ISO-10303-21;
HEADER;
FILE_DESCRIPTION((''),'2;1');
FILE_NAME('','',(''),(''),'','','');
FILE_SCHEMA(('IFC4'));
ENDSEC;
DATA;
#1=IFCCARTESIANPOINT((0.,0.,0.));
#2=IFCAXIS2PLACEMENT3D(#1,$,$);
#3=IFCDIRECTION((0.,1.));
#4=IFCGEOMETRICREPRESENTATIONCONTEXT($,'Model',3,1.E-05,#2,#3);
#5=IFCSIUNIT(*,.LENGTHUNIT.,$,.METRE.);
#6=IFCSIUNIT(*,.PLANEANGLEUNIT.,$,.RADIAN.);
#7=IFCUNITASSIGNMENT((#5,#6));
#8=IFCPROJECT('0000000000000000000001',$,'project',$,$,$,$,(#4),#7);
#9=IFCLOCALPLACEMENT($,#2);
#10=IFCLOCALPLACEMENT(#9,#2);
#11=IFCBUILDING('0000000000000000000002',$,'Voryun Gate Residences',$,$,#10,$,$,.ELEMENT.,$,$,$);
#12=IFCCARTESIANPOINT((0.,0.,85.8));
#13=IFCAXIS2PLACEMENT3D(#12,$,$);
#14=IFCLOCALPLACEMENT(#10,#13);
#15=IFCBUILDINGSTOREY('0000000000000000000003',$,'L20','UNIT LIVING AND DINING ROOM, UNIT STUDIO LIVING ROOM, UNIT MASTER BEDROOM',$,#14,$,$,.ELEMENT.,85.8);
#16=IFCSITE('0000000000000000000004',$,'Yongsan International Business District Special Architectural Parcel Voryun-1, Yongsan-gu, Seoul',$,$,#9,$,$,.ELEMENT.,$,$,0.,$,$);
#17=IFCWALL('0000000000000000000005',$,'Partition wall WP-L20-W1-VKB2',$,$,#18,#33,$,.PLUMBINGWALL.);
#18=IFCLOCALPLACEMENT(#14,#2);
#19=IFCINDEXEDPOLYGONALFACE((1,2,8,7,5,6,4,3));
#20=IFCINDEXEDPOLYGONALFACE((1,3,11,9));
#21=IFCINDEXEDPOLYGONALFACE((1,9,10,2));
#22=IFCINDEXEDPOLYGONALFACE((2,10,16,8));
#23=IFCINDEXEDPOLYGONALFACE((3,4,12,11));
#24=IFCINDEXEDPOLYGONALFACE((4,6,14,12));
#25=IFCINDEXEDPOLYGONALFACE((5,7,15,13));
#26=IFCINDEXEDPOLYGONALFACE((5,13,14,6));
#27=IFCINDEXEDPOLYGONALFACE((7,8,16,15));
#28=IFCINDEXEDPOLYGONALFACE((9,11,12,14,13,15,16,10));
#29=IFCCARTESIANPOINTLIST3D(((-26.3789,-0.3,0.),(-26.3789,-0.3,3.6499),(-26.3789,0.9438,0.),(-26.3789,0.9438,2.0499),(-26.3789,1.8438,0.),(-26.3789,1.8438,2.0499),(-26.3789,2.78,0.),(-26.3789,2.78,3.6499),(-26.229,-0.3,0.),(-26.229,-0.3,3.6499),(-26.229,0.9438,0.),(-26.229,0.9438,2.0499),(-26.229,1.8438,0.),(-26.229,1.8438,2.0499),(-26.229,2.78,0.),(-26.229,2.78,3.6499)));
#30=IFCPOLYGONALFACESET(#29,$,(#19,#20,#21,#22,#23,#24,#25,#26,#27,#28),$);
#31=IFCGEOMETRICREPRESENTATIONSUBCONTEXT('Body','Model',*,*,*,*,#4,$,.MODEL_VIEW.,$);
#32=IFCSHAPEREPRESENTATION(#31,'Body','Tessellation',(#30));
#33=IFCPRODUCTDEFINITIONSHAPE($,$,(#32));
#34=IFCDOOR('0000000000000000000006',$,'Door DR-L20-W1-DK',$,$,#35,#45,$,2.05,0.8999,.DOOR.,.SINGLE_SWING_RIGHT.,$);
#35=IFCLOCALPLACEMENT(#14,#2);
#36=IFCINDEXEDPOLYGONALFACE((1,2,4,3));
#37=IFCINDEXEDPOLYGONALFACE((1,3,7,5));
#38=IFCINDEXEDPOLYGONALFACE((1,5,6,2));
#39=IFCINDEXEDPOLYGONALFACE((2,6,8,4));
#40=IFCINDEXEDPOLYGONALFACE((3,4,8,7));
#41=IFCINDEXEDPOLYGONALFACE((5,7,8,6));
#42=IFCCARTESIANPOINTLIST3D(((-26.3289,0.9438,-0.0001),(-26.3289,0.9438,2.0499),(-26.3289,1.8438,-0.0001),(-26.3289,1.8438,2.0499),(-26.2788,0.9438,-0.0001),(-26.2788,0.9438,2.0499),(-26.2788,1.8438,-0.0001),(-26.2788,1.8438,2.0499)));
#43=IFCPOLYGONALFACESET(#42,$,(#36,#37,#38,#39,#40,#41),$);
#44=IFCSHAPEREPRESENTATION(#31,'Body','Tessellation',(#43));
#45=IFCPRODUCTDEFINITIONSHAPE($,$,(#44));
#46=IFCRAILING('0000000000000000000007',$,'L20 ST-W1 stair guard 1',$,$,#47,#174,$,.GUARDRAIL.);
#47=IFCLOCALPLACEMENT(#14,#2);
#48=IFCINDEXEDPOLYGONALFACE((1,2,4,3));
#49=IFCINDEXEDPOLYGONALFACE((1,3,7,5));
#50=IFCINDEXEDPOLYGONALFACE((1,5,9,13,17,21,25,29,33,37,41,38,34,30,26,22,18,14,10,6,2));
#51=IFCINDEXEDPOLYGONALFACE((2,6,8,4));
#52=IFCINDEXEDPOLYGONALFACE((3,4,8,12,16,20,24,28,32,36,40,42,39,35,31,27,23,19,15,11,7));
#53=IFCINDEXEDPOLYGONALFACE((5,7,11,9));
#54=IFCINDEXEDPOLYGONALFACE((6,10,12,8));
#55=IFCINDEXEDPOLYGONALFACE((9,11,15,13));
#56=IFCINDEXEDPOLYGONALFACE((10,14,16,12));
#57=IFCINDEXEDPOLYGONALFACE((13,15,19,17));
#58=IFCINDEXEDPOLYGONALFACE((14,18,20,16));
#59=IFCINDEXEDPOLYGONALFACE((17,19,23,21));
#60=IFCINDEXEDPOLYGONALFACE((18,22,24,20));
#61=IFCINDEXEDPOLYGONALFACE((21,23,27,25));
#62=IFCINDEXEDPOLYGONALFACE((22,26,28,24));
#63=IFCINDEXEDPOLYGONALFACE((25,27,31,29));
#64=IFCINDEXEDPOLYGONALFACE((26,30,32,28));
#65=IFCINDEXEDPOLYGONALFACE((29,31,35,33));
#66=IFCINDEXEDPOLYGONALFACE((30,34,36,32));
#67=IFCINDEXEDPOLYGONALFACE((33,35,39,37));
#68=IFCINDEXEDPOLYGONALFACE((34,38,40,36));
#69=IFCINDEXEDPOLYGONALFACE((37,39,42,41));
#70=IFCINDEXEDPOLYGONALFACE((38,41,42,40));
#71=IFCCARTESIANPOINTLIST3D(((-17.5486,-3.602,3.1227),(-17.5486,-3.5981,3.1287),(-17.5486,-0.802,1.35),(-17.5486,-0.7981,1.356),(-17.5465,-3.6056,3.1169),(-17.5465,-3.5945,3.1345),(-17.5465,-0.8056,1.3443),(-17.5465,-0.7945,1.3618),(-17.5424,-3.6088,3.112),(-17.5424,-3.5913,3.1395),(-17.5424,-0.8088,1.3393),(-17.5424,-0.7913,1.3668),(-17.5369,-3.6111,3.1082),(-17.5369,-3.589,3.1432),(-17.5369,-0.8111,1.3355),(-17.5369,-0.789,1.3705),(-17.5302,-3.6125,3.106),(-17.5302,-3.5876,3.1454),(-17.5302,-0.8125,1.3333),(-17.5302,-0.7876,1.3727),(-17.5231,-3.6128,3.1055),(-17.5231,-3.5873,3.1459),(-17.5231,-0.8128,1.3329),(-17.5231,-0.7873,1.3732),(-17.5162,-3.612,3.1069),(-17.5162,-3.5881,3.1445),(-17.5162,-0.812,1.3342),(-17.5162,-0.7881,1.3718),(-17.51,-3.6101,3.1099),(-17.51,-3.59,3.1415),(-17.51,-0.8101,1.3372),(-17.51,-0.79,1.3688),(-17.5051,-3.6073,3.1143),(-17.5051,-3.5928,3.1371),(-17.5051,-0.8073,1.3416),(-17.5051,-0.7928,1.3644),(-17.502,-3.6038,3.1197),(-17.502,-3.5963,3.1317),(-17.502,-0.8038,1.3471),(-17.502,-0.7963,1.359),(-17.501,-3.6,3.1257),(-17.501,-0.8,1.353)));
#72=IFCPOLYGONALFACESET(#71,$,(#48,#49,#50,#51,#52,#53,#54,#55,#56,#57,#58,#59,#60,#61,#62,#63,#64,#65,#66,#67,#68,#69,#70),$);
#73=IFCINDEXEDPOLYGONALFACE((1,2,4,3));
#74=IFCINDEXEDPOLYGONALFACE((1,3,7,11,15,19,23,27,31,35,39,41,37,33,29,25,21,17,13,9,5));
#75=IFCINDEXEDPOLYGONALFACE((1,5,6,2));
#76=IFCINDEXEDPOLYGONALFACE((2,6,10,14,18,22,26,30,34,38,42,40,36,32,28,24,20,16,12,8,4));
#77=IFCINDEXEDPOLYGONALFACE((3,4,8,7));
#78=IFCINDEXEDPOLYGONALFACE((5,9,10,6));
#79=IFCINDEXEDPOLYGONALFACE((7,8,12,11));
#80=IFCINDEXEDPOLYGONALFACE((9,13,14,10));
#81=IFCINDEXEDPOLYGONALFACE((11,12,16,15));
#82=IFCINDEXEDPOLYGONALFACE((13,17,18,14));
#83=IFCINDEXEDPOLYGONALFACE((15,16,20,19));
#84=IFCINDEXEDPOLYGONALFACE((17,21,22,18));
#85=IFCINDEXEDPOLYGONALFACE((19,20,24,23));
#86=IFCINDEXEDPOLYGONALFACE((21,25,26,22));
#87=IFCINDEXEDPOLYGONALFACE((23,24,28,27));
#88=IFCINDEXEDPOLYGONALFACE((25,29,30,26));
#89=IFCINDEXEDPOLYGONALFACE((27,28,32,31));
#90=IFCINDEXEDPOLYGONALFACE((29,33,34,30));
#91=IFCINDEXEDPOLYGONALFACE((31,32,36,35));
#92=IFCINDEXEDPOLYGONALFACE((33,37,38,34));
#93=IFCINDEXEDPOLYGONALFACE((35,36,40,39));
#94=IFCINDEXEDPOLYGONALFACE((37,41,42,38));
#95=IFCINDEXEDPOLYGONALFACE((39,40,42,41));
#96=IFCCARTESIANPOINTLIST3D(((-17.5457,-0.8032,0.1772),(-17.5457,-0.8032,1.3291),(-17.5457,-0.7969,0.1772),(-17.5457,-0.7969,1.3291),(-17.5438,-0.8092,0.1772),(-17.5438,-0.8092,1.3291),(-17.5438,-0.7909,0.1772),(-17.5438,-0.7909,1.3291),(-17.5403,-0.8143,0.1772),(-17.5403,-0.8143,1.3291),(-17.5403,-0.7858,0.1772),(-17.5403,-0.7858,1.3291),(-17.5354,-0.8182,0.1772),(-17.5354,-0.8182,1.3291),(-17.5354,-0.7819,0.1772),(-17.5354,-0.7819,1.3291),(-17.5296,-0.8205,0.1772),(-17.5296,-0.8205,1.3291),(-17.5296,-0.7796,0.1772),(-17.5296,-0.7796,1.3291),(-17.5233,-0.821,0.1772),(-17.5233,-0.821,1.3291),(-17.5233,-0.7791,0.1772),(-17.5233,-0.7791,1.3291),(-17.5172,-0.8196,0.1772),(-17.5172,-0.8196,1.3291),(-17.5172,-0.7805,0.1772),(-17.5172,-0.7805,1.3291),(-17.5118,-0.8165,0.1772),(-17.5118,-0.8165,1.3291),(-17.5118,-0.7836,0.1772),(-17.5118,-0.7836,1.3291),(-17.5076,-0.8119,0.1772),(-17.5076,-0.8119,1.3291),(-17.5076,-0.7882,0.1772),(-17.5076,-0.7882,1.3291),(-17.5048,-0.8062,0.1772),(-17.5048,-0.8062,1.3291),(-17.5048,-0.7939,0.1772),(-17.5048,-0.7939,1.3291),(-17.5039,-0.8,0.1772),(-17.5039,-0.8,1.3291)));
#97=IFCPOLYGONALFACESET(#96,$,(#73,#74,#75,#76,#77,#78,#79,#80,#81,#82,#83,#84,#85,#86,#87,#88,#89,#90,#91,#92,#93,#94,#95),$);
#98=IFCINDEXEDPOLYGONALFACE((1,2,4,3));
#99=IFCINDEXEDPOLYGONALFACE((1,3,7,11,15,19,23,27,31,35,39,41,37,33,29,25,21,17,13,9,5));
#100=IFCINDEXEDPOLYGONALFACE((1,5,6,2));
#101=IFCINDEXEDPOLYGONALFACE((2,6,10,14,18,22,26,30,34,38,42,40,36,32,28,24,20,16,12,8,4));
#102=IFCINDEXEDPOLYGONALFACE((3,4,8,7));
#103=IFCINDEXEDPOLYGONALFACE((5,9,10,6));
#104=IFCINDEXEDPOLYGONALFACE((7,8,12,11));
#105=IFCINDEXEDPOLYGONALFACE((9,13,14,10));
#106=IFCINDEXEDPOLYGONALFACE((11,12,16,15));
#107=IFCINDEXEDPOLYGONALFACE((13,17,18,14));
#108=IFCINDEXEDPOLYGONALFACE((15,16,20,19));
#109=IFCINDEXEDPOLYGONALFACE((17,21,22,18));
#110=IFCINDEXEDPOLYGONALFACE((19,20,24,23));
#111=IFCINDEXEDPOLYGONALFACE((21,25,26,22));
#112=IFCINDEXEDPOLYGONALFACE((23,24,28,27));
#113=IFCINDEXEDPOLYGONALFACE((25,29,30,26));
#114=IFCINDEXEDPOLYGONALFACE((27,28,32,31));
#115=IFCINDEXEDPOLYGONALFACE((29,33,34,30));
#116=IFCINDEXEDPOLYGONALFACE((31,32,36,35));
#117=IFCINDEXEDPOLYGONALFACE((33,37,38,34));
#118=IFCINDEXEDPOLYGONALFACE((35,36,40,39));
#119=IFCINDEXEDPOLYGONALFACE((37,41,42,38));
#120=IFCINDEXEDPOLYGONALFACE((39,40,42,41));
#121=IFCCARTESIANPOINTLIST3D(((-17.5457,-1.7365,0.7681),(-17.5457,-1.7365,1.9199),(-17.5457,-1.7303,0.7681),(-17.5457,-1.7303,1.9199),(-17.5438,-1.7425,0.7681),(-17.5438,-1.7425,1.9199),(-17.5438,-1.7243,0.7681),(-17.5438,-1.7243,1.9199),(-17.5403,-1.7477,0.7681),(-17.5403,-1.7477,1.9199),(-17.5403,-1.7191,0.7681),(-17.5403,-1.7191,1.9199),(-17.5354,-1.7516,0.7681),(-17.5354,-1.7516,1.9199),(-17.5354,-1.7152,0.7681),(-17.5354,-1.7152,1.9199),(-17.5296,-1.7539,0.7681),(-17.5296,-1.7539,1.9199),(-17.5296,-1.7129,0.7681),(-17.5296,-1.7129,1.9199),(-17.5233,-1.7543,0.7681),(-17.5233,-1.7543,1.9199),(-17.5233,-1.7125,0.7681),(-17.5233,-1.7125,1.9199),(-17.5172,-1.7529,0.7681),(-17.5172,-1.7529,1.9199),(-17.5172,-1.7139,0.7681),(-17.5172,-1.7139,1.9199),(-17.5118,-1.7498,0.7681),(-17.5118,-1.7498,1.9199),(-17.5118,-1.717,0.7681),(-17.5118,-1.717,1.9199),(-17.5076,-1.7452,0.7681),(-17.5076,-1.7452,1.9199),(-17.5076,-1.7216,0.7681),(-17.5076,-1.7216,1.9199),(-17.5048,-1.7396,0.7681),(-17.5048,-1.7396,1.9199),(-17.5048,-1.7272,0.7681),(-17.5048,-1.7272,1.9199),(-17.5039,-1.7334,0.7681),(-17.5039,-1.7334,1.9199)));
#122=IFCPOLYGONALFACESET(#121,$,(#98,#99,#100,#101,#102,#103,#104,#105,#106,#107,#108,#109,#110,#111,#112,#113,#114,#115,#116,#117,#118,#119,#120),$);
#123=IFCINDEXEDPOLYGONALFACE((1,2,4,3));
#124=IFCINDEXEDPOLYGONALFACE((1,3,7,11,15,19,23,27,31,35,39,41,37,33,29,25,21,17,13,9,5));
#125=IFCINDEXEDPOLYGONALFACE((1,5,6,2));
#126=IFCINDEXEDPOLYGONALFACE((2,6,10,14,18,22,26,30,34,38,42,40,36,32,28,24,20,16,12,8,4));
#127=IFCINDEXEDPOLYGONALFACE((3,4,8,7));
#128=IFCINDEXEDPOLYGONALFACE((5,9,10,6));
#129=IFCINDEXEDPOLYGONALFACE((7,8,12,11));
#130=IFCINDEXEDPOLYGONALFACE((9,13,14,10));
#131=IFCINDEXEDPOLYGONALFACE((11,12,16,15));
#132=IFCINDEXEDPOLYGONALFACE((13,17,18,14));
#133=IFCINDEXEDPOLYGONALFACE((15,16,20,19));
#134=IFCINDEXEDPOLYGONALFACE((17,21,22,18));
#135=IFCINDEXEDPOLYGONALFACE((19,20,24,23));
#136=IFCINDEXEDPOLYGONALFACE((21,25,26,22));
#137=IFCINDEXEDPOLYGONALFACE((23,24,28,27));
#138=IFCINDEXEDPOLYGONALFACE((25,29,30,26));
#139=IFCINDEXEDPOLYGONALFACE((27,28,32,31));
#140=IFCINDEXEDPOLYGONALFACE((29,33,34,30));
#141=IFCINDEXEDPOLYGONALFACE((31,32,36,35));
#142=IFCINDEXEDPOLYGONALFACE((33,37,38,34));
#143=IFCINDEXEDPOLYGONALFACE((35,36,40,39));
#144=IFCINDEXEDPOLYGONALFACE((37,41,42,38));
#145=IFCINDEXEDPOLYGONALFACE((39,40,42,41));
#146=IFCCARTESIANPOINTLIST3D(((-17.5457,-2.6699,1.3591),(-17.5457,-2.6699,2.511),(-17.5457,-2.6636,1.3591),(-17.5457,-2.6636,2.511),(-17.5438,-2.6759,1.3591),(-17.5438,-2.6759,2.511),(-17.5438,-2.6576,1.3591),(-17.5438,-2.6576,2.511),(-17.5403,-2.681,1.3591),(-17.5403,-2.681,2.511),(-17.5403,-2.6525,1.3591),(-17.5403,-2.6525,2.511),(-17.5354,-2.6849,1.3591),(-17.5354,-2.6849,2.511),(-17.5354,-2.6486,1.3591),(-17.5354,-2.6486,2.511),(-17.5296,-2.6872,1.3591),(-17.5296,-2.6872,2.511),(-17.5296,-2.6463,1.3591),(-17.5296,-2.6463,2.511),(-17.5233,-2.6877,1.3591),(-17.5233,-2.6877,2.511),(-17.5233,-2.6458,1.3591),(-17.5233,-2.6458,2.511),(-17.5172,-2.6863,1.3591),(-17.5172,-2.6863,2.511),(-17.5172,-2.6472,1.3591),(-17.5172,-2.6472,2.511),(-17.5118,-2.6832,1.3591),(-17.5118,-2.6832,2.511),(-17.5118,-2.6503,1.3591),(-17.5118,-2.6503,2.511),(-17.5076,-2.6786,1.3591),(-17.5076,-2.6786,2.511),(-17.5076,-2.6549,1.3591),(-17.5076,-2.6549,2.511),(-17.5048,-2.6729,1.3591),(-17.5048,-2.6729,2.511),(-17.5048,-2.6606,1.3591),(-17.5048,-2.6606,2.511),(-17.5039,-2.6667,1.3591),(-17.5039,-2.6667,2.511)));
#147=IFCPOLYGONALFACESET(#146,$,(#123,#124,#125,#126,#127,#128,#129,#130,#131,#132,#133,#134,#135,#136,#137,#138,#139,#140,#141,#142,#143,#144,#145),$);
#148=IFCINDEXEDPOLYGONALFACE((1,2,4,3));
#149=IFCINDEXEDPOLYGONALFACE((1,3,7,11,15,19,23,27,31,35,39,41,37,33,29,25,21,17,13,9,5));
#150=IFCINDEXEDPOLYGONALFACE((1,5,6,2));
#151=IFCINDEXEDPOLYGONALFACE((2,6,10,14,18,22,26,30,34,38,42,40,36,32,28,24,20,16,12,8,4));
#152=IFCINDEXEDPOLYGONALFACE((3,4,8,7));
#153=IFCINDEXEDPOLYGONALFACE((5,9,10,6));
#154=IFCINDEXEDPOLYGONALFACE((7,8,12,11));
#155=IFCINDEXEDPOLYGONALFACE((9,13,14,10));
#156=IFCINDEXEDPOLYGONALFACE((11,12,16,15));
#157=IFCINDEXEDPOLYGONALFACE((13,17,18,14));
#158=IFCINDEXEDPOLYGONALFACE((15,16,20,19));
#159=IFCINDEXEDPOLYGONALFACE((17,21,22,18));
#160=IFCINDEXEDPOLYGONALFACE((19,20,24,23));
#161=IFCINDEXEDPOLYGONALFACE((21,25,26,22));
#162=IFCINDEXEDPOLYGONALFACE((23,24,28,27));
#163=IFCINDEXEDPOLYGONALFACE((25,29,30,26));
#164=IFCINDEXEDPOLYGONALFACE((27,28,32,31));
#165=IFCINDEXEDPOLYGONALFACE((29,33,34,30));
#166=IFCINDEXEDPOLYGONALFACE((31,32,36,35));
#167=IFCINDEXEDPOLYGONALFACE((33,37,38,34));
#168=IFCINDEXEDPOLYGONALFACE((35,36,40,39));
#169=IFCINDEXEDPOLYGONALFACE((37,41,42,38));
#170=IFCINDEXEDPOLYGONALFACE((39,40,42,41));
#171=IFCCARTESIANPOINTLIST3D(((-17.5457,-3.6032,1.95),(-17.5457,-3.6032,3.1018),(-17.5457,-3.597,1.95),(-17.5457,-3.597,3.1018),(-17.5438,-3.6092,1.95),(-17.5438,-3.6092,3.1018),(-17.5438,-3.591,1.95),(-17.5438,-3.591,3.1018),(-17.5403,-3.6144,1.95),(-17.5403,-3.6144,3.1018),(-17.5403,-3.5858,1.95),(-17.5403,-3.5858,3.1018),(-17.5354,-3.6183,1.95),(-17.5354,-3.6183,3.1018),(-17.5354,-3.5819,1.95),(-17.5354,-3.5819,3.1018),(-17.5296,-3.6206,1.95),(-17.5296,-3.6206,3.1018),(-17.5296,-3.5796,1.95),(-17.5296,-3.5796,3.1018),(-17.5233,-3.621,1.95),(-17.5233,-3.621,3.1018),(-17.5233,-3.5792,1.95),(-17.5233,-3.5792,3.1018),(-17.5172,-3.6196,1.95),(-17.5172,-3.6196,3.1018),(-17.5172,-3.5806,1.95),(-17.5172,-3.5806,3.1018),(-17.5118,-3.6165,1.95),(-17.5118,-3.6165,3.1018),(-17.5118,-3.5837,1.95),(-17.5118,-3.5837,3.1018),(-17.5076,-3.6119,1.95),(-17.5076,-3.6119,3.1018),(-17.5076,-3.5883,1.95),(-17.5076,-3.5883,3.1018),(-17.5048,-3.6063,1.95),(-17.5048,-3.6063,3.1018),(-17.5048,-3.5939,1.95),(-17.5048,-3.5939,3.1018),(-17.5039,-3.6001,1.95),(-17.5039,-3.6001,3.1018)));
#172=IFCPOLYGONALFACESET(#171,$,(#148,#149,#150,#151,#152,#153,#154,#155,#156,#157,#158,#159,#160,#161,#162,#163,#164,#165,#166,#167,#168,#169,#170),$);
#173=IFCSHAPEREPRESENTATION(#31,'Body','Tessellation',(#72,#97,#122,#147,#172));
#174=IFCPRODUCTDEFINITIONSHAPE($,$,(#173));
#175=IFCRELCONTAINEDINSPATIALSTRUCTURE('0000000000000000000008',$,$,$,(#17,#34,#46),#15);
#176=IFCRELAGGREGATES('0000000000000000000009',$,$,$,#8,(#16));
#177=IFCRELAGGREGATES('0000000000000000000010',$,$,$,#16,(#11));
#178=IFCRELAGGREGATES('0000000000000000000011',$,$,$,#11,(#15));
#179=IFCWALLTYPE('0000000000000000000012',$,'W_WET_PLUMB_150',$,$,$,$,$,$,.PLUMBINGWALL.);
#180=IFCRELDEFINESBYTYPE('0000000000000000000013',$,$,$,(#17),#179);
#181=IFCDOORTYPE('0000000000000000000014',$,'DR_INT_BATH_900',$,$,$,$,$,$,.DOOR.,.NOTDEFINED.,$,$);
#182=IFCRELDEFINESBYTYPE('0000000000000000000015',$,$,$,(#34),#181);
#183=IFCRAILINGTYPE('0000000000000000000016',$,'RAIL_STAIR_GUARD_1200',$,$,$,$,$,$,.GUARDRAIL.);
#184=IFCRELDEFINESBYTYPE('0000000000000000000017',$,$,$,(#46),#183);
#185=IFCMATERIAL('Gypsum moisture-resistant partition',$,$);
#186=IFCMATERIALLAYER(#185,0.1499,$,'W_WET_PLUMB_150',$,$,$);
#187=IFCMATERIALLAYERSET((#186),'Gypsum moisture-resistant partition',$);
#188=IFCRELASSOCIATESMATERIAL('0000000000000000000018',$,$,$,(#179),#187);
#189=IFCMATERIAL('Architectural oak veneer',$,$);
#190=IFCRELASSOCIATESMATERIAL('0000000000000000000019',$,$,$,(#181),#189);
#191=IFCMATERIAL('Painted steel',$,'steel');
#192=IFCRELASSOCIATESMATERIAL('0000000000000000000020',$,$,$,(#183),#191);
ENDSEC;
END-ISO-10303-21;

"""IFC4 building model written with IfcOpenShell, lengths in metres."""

from ifc_helpers import new_model, si_unit, direction, frame, frame_2d, origin, origin_2d, place, context, subcontext, project, spatial, rectangle, circle, extrude, material, layer, layer_set, type_object, element, fill, save


model = new_model("IFC4")

# Units and contexts
model_context = context("Model", 3, precision=1e-05, world=origin(), true_north=direction((0.0, 1.0)))
body_context = subcontext(model_context, "Body", "Model", "MODEL_VIEW")
ifc_project = project(units=[si_unit("LENGTHUNIT", "METRE"), si_unit("PLANEANGLEUNIT", "RADIAN")], contexts=[model_context])

# Site, building, storey
site_placement = place(None, origin())
site = spatial("IfcSite", under=ifc_project, at=site_placement, Name="Yongsan International Business District Special Architectural Parcel Voryun-1, Yongsan-gu, Seoul", CompositionType="ELEMENT", RefElevation=0.0)
building_placement = place(site_placement, origin())
building = spatial("IfcBuilding", under=site, at=building_placement, Name="Voryun Gate Residences", CompositionType="ELEMENT")
storey_placement = place(building_placement, frame((0.0, 0.0, 85.8)))
storey = spatial("IfcBuildingStorey", under=building, at=storey_placement, Name="L20", Description="UNIT LIVING AND DINING ROOM, UNIT STUDIO LIVING ROOM, UNIT MASTER BEDROOM", CompositionType="ELEMENT", Elevation=85.8)

# Shared definitions
ifc_material_1 = material(Name="Gypsum moisture-resistant partition")
ifc_layer_1 = layer(ifc_material_1, 0.1499, Name="W_WET_PLUMB_150")
ifc_layer_set_1 = layer_set([ifc_layer_1], Name="Gypsum moisture-resistant partition")
wall_type_1 = type_object("IfcWallType", Name="W_WET_PLUMB_150", PredefinedType="PLUMBINGWALL", material=ifc_layer_set_1)

# Wall, opening, door
wall_1_placement = place(storey_placement, frame((-26.304, -0.3, 0.0), z_axis=(0.0, 0.0, 1.0), x_axis=(0.0, 1.0, 0.0)))
wall_1 = element("IfcWall", 1, at=wall_1_placement, inside=storey, type_object=wall_type_1, Name="Partition wall WP-L20-W1-VKB2", PredefinedType="PLUMBINGWALL", context=body_context, shape_type="SweptSolid", body=[
    extrude(rectangle(XDim=3.0801, YDim=0.1499, at=frame_2d((1.54, 0.0))), origin(), (0.0, 0.0, 1.0), 3.6499),
])
opening_1_placement = place(wall_1_placement, frame((1.2439, 0.0, 0.0)))
opening_1 = element("IfcOpeningElement", 2, at=opening_1_placement, cuts=wall_1, PredefinedType="OPENING", context=body_context, shape_type="SweptSolid", body=[
    extrude(rectangle(XDim=0.8999, YDim=2.05, at=frame_2d((0.45, 1.0249))), frame((0.0, 0.085, 0.0), z_axis=(0.0, -1.0, 0.0), x_axis=(1.0, 0.0, 0.0)), (0.0, 0.0, 1.0), 0.1699),
])
ifc_material_2 = material(Name="Architectural oak veneer")
door_type_1 = type_object("IfcDoorType", Name="DR_INT_BATH_900", OperationType="NOTDEFINED", PredefinedType="DOOR", material=ifc_material_2)
door_1_placement = place(opening_1_placement, origin())
door_1 = element("IfcDoor", 3, at=door_1_placement, inside=storey, type_object=door_type_1, Name="Door DR-L20-W1-DK", OperationType="SINGLE_SWING_RIGHT", OverallHeight=2.05, OverallWidth=0.8999, PredefinedType="DOOR", context=body_context, shape_type="SweptSolid", body=[
    extrude(rectangle(XDim=0.8999, YDim=2.05, at=frame_2d((0.45, 1.0249))), frame((0.0, 0.0249, 0.0), z_axis=(0.0, -1.0, 0.0), x_axis=(1.0, 0.0, 0.0)), (0.0, 0.0, 1.0), 0.05),
])
fill(opening_1, door_1)

# Railing
ifc_material_3 = material(Name="Painted steel", Category="steel")
railing_type = type_object("IfcRailingType", Name="RAIL_STAIR_GUARD_1200", PredefinedType="GUARDRAIL", material=ifc_material_3)
railing_1_placement = place(storey_placement, frame((-17.5249, -0.8, 0.1772)))
element("IfcRailing", 4, at=railing_1_placement, inside=storey, type_object=railing_type, Name="L20 ST-W1 stair guard 1", PredefinedType="GUARDRAIL", context=body_context, shape_type="SweptSolid", body=[
    extrude(circle(Radius=0.0239, at=origin_2d()), frame((0.0, 0.0, 1.1758), z_axis=(0.0, -0.844909, 0.53491), x_axis=(1.0, 0.0, 0.0)), (0.0, 0.0, 1.0), 3.314),
    extrude(circle(Radius=0.021, at=origin_2d()), origin(), (0.0, 0.0, 1.0), 1.1519),
    extrude(circle(Radius=0.021, at=origin_2d()), frame((0.0, -0.9333, 0.5908)), (0.0, 0.0, 1.0), 1.1519),
    extrude(circle(Radius=0.021, at=origin_2d()), frame((0.0, -1.8667, 1.1819)), (0.0, 0.0, 1.0), 1.1519),
    extrude(circle(Radius=0.021, at=origin_2d()), frame((0.0, -2.8, 1.7727)), (0.0, 0.0, 1.0), 1.1519),
])

save(model, "model.ifc")
